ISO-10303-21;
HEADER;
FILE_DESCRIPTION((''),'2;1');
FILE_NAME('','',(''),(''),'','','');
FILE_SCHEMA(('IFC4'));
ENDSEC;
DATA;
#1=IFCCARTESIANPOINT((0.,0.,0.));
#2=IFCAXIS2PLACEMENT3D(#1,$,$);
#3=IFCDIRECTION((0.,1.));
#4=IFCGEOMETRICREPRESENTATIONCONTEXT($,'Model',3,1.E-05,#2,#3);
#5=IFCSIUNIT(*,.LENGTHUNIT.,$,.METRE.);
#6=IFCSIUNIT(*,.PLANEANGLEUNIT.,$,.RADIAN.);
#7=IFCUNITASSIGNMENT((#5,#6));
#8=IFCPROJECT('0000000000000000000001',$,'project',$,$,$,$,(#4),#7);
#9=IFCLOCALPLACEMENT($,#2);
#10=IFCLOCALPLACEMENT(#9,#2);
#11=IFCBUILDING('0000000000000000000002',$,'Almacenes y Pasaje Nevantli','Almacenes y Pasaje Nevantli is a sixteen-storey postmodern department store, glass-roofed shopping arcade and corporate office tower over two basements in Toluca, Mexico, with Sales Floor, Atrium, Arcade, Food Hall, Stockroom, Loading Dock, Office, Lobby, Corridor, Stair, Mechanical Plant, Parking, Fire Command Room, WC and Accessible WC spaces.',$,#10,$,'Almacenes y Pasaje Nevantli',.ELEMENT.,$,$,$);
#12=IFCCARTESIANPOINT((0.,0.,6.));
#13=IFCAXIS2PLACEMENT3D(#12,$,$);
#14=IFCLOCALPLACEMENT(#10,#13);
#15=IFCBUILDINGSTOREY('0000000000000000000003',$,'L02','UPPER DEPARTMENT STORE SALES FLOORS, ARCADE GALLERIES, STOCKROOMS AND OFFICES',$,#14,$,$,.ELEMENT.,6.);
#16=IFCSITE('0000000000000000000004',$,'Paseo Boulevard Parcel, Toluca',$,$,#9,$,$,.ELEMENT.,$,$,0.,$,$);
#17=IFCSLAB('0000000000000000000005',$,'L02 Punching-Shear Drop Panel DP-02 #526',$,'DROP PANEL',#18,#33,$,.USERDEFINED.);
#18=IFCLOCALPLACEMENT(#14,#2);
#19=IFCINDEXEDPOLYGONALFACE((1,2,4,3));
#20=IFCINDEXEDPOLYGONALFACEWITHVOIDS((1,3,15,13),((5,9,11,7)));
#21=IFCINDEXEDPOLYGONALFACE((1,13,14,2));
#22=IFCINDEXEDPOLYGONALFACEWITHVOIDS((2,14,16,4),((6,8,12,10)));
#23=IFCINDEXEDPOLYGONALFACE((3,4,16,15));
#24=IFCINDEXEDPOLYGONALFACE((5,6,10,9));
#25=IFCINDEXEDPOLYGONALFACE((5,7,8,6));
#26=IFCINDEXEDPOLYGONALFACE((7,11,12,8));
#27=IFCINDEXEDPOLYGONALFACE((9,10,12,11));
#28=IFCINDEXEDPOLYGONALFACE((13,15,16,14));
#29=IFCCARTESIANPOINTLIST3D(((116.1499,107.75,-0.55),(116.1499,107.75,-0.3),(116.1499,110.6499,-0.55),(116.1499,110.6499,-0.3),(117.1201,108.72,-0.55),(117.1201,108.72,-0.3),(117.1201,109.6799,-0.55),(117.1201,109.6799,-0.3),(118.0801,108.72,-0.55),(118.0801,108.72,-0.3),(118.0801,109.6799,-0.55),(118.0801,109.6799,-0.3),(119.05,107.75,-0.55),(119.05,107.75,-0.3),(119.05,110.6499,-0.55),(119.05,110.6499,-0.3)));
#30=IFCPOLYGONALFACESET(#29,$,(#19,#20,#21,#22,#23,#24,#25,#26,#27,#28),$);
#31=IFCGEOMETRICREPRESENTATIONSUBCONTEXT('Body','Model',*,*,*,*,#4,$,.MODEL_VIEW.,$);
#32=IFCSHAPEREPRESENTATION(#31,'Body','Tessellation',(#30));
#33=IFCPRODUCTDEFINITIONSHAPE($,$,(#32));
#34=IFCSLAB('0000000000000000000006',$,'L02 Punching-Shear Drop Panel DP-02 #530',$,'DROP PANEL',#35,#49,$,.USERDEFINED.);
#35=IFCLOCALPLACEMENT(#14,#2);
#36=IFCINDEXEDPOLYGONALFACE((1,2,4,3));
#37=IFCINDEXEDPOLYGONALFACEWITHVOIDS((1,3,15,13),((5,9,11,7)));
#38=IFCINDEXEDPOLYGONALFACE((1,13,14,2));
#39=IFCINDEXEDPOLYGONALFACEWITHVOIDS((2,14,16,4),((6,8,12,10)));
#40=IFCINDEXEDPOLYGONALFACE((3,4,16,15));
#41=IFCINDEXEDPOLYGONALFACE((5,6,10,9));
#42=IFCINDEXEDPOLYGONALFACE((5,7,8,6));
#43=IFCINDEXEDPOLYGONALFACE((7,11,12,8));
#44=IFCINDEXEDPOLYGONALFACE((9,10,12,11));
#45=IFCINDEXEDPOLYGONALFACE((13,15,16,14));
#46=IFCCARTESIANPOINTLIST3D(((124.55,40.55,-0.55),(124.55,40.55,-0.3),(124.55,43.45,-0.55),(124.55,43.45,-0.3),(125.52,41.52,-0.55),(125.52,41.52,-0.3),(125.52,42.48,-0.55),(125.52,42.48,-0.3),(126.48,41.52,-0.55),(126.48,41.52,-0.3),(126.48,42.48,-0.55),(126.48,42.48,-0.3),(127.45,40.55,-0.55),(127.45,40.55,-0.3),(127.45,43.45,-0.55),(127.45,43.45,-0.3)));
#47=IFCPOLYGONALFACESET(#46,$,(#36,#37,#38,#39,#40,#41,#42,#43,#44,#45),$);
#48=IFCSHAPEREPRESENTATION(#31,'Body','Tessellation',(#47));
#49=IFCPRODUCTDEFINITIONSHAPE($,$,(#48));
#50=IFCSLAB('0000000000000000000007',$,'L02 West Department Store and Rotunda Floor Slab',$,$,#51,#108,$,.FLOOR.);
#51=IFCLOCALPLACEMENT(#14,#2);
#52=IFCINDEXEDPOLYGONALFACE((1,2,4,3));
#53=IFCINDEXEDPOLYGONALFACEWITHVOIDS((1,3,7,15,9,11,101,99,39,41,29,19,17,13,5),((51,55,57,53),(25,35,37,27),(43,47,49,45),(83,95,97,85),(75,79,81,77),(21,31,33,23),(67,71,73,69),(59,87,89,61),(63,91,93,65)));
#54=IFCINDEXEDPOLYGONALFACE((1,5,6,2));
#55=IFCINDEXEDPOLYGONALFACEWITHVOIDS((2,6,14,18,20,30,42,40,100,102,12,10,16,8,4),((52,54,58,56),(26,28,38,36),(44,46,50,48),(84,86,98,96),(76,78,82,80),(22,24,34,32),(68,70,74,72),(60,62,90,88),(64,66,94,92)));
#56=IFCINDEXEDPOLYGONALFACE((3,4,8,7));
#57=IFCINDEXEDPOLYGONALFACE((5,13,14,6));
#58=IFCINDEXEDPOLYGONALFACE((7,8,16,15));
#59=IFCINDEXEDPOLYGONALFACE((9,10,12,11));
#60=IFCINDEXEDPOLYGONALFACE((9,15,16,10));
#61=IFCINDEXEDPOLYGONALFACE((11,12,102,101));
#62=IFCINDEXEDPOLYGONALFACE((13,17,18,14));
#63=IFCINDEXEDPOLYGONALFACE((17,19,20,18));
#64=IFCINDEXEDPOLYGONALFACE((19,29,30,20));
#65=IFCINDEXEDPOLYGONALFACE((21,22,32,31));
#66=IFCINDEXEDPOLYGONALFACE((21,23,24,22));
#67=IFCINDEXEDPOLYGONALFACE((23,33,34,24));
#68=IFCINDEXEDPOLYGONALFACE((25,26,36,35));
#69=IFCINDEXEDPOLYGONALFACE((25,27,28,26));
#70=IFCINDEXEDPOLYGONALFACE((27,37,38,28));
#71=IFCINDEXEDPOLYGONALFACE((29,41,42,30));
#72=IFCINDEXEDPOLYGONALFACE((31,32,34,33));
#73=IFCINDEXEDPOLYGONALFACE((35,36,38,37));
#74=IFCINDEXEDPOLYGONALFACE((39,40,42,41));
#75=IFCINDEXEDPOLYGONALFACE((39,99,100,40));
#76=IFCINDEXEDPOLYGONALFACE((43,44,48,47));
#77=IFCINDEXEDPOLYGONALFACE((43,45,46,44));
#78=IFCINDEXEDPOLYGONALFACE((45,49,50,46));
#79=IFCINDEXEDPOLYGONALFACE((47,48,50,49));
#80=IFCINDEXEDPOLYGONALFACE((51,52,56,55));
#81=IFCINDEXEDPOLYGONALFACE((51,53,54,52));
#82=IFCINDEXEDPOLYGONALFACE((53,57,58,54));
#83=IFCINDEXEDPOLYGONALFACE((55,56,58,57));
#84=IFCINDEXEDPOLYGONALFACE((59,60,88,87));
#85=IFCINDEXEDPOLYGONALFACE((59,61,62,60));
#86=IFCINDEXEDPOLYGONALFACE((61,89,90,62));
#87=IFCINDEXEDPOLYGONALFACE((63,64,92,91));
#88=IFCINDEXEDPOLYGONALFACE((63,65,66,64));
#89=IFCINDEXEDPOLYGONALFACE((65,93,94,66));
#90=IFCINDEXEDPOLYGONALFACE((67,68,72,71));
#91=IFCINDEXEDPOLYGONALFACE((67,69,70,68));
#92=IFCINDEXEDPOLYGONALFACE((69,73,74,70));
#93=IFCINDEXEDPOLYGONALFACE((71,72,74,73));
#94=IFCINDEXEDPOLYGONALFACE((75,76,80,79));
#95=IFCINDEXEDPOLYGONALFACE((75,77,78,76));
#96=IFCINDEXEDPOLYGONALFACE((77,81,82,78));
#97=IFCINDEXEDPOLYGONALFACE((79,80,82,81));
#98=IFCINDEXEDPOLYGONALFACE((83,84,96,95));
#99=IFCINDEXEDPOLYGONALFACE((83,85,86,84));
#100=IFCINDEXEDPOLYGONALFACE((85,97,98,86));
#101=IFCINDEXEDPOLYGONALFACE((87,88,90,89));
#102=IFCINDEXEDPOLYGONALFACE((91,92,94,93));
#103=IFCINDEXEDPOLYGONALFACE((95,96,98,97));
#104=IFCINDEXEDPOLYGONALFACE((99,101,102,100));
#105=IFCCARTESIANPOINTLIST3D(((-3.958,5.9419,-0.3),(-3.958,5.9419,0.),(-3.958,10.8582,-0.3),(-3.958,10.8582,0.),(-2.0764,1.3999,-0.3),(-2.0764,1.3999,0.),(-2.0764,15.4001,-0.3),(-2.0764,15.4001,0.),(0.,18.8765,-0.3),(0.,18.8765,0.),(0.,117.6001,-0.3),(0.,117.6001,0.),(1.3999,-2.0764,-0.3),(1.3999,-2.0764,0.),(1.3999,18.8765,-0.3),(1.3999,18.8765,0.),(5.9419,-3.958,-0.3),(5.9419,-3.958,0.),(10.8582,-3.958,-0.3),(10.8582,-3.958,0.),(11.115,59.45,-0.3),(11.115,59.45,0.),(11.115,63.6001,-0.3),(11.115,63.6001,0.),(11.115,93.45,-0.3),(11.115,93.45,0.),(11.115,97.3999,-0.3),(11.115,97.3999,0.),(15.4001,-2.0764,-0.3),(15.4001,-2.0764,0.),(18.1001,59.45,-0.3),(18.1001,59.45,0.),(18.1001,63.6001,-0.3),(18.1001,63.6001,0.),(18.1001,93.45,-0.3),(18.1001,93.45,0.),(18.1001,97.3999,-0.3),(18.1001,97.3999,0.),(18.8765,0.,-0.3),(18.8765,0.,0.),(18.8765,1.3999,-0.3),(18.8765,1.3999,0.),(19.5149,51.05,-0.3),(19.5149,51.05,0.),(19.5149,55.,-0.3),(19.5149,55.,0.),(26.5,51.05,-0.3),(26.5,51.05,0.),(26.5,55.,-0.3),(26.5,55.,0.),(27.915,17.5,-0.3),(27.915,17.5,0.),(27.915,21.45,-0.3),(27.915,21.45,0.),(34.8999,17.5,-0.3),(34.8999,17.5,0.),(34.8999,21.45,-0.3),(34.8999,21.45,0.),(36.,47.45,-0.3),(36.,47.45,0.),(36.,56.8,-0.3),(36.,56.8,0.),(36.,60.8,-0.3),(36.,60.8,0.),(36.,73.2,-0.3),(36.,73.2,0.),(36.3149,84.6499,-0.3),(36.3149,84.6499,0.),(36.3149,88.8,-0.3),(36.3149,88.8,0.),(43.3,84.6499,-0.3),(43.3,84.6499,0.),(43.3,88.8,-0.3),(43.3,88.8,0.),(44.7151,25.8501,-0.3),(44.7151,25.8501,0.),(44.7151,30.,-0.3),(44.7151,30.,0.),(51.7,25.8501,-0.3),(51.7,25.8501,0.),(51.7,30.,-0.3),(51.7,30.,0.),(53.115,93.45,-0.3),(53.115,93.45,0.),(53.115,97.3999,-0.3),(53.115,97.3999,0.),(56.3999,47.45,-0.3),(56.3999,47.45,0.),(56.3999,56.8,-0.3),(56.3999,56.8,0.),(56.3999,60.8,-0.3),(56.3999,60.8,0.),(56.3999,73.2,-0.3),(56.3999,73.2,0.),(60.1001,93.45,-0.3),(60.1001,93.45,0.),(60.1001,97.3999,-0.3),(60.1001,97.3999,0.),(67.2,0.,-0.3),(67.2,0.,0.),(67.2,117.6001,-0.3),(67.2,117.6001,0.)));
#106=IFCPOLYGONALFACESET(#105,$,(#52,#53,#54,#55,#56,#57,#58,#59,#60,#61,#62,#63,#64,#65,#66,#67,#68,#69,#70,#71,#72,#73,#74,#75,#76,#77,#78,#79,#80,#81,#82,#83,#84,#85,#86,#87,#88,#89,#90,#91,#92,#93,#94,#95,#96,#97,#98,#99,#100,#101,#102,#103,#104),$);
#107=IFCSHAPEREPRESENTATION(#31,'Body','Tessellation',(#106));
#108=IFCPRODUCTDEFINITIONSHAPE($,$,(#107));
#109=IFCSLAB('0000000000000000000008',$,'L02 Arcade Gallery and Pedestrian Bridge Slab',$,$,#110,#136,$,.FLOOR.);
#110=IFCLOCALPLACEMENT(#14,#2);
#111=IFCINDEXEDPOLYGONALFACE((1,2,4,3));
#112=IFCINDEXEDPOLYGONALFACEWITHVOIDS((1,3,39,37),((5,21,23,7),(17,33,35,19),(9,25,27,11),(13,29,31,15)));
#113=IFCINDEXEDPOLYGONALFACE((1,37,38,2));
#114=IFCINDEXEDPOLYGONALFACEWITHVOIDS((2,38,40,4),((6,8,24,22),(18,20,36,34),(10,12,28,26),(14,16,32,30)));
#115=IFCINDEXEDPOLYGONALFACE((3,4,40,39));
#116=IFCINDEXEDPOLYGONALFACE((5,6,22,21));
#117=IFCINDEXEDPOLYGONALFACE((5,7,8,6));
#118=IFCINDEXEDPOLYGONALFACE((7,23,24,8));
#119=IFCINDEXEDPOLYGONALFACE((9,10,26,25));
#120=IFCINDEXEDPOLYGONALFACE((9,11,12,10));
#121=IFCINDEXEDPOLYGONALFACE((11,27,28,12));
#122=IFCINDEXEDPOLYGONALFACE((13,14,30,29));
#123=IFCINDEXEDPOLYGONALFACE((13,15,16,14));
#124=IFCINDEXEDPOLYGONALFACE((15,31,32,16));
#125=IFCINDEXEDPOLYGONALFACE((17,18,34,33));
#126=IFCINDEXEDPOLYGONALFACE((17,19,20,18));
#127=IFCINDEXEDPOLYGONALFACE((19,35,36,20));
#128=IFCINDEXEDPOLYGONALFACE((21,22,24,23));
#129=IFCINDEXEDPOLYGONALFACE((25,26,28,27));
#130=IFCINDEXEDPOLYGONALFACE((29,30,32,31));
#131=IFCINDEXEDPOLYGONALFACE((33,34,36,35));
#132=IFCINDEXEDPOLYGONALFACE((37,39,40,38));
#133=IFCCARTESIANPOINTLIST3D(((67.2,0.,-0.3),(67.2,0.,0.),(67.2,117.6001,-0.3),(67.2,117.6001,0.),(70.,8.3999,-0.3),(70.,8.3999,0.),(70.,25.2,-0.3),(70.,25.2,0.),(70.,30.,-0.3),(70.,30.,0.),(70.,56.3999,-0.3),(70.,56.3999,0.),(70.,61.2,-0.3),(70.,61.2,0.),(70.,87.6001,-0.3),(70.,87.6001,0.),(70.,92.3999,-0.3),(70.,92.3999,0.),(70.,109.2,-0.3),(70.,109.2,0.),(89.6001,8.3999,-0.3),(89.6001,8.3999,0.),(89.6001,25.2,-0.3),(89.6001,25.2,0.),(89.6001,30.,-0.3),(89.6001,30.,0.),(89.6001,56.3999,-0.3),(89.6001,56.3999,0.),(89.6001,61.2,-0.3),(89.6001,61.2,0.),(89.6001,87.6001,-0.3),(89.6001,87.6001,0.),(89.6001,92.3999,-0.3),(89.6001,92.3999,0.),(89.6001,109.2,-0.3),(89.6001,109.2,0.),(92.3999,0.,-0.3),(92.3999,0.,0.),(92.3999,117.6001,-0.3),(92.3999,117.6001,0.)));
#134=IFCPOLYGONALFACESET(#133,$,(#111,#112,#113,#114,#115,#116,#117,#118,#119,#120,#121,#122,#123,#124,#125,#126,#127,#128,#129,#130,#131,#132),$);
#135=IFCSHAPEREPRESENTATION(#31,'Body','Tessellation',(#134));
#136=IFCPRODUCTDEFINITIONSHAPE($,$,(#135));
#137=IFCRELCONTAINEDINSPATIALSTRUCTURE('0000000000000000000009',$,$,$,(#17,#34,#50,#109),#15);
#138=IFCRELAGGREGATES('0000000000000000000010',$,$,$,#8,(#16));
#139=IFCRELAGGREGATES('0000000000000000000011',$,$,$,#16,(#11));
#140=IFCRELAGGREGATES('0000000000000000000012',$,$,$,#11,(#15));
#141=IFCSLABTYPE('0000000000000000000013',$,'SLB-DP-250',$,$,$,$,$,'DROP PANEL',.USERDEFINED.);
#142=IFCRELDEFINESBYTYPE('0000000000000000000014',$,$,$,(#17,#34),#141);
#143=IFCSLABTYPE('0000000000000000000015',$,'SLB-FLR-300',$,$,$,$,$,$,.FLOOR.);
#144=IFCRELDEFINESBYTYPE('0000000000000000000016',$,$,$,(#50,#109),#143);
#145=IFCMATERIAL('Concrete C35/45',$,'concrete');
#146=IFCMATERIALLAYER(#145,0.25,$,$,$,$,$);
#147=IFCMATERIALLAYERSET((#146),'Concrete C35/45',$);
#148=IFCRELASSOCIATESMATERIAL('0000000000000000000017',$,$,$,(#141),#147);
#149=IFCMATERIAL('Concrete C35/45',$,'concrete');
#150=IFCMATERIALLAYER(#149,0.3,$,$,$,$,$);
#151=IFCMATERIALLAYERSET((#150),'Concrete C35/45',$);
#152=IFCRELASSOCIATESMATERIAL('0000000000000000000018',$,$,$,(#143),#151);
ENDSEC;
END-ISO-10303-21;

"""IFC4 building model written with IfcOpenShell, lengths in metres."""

from ifc_helpers import new_model, si_unit, direction, frame, origin, place, context, subcontext, project, spatial, polyline, outline, extrude, material, layer, layer_set, type_object, element, save


model = new_model("IFC4")

# Units and contexts
model_context = context("Model", 3, precision=1e-05, world=origin(), true_north=direction((0.0, 1.0)))
body_context = subcontext(model_context, "Body", "Model", "MODEL_VIEW")
ifc_project = project(units=[si_unit("LENGTHUNIT", "METRE"), si_unit("PLANEANGLEUNIT", "RADIAN")], contexts=[model_context])

# Site, building, storey
site_placement = place(None, origin())
site = spatial("IfcSite", under=ifc_project, at=site_placement, Name="Paseo Boulevard Parcel, Toluca", CompositionType="ELEMENT", RefElevation=0.0)
building_placement = place(site_placement, origin())
building = spatial("IfcBuilding", under=site, at=building_placement, Name="Almacenes y Pasaje Nevantli", Description="Almacenes y Pasaje Nevantli is a sixteen-storey postmodern department store, glass-roofed shopping arcade and corporate office tower over two basements in Toluca, Mexico, with Sales Floor, Atrium, Arcade, Food Hall, Stockroom, Loading Dock, Office, Lobby, Corridor, Stair, Mechanical Plant, Parking, Fire Command Room, WC and Accessible WC spaces.", LongName="Almacenes y Pasaje Nevantli", CompositionType="ELEMENT")
storey_placement = place(building_placement, frame((0.0, 0.0, 6.0)))
storey = spatial("IfcBuildingStorey", under=building, at=storey_placement, Name="L02", Description="UPPER DEPARTMENT STORE SALES FLOORS, ARCADE GALLERIES, STOCKROOMS AND OFFICES", CompositionType="ELEMENT", Elevation=6.0)

# Slabs
ifc_material_1 = material(Name="Concrete C35/45", Category="concrete")
ifc_layer_1 = layer(ifc_material_1, 0.25)
ifc_layer_set_1 = layer_set([ifc_layer_1], Name="Concrete C35/45")
slab_type_1 = type_object("IfcSlabType", Name="SLB-DP-250", ElementType="DROP PANEL", PredefinedType="USERDEFINED", material=ifc_layer_set_1)
slab_1_placement = place(storey_placement, frame((0.0, 0.0, -0.55)))
element("IfcSlab", 1, at=slab_1_placement, inside=storey, type_object=slab_type_1, Name="L02 Punching-Shear Drop Panel DP-02 #526", ObjectType="DROP PANEL", PredefinedType="USERDEFINED", context=body_context, shape_type="SweptSolid", body=[
    extrude(outline(polyline([(116.1499, 107.75), (119.05, 107.75), (119.05, 110.6499), (116.1499, 110.6499), (116.1499, 107.75)]), holes=[polyline([(117.1201, 108.72), (118.0801, 108.72), (118.0801, 109.6799), (117.1201, 109.6799), (117.1201, 108.72)])]), origin(), (0.0, 0.0, 1.0), 0.25),
])
slab_2_placement = place(storey_placement, frame((0.0, 0.0, -0.55)))
element("IfcSlab", 2, at=slab_2_placement, inside=storey, type_object=slab_type_1, Name="L02 Punching-Shear Drop Panel DP-02 #530", ObjectType="DROP PANEL", PredefinedType="USERDEFINED", context=body_context, shape_type="SweptSolid", body=[
    extrude(outline(polyline([(124.55, 40.55), (127.45, 40.55), (127.45, 43.45), (124.55, 43.45), (124.55, 40.55)]), holes=[polyline([(125.52, 41.52), (126.48, 41.52), (126.48, 42.48), (125.52, 42.48), (125.52, 41.52)])]), origin(), (0.0, 0.0, 1.0), 0.25),
])
ifc_material_2 = material(Name="Concrete C35/45", Category="concrete")
ifc_layer_2 = layer(ifc_material_2, 0.3)
ifc_layer_set_2 = layer_set([ifc_layer_2], Name="Concrete C35/45")
slab_type_2 = type_object("IfcSlabType", Name="SLB-FLR-300", PredefinedType="FLOOR", material=ifc_layer_set_2)
slab_3_placement = place(storey_placement, frame((0.0, 0.0, -0.3)))
element("IfcSlab", 3, at=slab_3_placement, inside=storey, type_object=slab_type_2, Name="L02 West Department Store and Rotunda Floor Slab", PredefinedType="FLOOR", context=body_context, shape_type="SweptSolid", body=[
    extrude(outline(polyline([(18.8765, 0.0), (67.2, 0.0), (67.2, 117.6001), (0.0, 117.6001), (0.0, 18.8765), (1.3999, 18.8765), (-2.0764, 15.4001), (-3.958, 10.8582), (-3.958, 5.9419), (-2.0764, 1.3999), (1.3999, -2.0764), (5.9419, -3.958), (10.8582, -3.958), (15.4001, -2.0764), (18.8765, 1.3999), (18.8765, 0.0)]), holes=[polyline([(11.115, 93.45), (18.1001, 93.45), (18.1001, 97.3999), (11.115, 97.3999), (11.115, 93.45)]), polyline([(27.915, 17.5), (34.8999, 17.5), (34.8999, 21.45), (27.915, 21.45), (27.915, 17.5)]), polyline([(53.115, 93.45), (60.1001, 93.45), (60.1001, 97.3999), (53.115, 97.3999), (53.115, 93.45)]), polyline([(11.115, 59.45), (18.1001, 59.45), (18.1001, 63.6001), (11.115, 63.6001), (11.115, 59.45)]), polyline([(44.7151, 25.8501), (51.7, 25.8501), (51.7, 30.0), (44.7151, 30.0), (44.7151, 25.8501)]), polyline([(36.3149, 84.6499), (43.3, 84.6499), (43.3, 88.8), (36.3149, 88.8), (36.3149, 84.6499)]), polyline([(19.5149, 51.05), (26.5, 51.05), (26.5, 55.0), (19.5149, 55.0), (19.5149, 51.05)]), polyline([(36.0, 47.45), (56.3999, 47.45), (56.3999, 56.8), (36.0, 56.8), (36.0, 47.45)]), polyline([(36.0, 60.8), (56.3999, 60.8), (56.3999, 73.2), (36.0, 73.2), (36.0, 60.8)])]), origin(), (0.0, 0.0, 1.0), 0.3),
])
slab_4_placement = place(storey_placement, frame((0.0, 0.0, -0.3)))
element("IfcSlab", 4, at=slab_4_placement, inside=storey, type_object=slab_type_2, Name="L02 Arcade Gallery and Pedestrian Bridge Slab", PredefinedType="FLOOR", context=body_context, shape_type="SweptSolid", body=[
    extrude(outline(polyline([(67.2, 0.0), (92.3999, 0.0), (92.3999, 117.6001), (67.2, 117.6001), (67.2, 0.0)]), holes=[polyline([(70.0, 8.3999), (89.6001, 8.3999), (89.6001, 25.2), (70.0, 25.2), (70.0, 8.3999)]), polyline([(70.0, 30.0), (89.6001, 30.0), (89.6001, 56.3999), (70.0, 56.3999), (70.0, 30.0)]), polyline([(70.0, 61.2), (89.6001, 61.2), (89.6001, 87.6001), (70.0, 87.6001), (70.0, 61.2)]), polyline([(70.0, 92.3999), (89.6001, 92.3999), (89.6001, 109.2), (70.0, 109.2), (70.0, 92.3999)])]), origin(), (0.0, 0.0, 1.0), 0.3),
])

save(model, "model.ifc")
